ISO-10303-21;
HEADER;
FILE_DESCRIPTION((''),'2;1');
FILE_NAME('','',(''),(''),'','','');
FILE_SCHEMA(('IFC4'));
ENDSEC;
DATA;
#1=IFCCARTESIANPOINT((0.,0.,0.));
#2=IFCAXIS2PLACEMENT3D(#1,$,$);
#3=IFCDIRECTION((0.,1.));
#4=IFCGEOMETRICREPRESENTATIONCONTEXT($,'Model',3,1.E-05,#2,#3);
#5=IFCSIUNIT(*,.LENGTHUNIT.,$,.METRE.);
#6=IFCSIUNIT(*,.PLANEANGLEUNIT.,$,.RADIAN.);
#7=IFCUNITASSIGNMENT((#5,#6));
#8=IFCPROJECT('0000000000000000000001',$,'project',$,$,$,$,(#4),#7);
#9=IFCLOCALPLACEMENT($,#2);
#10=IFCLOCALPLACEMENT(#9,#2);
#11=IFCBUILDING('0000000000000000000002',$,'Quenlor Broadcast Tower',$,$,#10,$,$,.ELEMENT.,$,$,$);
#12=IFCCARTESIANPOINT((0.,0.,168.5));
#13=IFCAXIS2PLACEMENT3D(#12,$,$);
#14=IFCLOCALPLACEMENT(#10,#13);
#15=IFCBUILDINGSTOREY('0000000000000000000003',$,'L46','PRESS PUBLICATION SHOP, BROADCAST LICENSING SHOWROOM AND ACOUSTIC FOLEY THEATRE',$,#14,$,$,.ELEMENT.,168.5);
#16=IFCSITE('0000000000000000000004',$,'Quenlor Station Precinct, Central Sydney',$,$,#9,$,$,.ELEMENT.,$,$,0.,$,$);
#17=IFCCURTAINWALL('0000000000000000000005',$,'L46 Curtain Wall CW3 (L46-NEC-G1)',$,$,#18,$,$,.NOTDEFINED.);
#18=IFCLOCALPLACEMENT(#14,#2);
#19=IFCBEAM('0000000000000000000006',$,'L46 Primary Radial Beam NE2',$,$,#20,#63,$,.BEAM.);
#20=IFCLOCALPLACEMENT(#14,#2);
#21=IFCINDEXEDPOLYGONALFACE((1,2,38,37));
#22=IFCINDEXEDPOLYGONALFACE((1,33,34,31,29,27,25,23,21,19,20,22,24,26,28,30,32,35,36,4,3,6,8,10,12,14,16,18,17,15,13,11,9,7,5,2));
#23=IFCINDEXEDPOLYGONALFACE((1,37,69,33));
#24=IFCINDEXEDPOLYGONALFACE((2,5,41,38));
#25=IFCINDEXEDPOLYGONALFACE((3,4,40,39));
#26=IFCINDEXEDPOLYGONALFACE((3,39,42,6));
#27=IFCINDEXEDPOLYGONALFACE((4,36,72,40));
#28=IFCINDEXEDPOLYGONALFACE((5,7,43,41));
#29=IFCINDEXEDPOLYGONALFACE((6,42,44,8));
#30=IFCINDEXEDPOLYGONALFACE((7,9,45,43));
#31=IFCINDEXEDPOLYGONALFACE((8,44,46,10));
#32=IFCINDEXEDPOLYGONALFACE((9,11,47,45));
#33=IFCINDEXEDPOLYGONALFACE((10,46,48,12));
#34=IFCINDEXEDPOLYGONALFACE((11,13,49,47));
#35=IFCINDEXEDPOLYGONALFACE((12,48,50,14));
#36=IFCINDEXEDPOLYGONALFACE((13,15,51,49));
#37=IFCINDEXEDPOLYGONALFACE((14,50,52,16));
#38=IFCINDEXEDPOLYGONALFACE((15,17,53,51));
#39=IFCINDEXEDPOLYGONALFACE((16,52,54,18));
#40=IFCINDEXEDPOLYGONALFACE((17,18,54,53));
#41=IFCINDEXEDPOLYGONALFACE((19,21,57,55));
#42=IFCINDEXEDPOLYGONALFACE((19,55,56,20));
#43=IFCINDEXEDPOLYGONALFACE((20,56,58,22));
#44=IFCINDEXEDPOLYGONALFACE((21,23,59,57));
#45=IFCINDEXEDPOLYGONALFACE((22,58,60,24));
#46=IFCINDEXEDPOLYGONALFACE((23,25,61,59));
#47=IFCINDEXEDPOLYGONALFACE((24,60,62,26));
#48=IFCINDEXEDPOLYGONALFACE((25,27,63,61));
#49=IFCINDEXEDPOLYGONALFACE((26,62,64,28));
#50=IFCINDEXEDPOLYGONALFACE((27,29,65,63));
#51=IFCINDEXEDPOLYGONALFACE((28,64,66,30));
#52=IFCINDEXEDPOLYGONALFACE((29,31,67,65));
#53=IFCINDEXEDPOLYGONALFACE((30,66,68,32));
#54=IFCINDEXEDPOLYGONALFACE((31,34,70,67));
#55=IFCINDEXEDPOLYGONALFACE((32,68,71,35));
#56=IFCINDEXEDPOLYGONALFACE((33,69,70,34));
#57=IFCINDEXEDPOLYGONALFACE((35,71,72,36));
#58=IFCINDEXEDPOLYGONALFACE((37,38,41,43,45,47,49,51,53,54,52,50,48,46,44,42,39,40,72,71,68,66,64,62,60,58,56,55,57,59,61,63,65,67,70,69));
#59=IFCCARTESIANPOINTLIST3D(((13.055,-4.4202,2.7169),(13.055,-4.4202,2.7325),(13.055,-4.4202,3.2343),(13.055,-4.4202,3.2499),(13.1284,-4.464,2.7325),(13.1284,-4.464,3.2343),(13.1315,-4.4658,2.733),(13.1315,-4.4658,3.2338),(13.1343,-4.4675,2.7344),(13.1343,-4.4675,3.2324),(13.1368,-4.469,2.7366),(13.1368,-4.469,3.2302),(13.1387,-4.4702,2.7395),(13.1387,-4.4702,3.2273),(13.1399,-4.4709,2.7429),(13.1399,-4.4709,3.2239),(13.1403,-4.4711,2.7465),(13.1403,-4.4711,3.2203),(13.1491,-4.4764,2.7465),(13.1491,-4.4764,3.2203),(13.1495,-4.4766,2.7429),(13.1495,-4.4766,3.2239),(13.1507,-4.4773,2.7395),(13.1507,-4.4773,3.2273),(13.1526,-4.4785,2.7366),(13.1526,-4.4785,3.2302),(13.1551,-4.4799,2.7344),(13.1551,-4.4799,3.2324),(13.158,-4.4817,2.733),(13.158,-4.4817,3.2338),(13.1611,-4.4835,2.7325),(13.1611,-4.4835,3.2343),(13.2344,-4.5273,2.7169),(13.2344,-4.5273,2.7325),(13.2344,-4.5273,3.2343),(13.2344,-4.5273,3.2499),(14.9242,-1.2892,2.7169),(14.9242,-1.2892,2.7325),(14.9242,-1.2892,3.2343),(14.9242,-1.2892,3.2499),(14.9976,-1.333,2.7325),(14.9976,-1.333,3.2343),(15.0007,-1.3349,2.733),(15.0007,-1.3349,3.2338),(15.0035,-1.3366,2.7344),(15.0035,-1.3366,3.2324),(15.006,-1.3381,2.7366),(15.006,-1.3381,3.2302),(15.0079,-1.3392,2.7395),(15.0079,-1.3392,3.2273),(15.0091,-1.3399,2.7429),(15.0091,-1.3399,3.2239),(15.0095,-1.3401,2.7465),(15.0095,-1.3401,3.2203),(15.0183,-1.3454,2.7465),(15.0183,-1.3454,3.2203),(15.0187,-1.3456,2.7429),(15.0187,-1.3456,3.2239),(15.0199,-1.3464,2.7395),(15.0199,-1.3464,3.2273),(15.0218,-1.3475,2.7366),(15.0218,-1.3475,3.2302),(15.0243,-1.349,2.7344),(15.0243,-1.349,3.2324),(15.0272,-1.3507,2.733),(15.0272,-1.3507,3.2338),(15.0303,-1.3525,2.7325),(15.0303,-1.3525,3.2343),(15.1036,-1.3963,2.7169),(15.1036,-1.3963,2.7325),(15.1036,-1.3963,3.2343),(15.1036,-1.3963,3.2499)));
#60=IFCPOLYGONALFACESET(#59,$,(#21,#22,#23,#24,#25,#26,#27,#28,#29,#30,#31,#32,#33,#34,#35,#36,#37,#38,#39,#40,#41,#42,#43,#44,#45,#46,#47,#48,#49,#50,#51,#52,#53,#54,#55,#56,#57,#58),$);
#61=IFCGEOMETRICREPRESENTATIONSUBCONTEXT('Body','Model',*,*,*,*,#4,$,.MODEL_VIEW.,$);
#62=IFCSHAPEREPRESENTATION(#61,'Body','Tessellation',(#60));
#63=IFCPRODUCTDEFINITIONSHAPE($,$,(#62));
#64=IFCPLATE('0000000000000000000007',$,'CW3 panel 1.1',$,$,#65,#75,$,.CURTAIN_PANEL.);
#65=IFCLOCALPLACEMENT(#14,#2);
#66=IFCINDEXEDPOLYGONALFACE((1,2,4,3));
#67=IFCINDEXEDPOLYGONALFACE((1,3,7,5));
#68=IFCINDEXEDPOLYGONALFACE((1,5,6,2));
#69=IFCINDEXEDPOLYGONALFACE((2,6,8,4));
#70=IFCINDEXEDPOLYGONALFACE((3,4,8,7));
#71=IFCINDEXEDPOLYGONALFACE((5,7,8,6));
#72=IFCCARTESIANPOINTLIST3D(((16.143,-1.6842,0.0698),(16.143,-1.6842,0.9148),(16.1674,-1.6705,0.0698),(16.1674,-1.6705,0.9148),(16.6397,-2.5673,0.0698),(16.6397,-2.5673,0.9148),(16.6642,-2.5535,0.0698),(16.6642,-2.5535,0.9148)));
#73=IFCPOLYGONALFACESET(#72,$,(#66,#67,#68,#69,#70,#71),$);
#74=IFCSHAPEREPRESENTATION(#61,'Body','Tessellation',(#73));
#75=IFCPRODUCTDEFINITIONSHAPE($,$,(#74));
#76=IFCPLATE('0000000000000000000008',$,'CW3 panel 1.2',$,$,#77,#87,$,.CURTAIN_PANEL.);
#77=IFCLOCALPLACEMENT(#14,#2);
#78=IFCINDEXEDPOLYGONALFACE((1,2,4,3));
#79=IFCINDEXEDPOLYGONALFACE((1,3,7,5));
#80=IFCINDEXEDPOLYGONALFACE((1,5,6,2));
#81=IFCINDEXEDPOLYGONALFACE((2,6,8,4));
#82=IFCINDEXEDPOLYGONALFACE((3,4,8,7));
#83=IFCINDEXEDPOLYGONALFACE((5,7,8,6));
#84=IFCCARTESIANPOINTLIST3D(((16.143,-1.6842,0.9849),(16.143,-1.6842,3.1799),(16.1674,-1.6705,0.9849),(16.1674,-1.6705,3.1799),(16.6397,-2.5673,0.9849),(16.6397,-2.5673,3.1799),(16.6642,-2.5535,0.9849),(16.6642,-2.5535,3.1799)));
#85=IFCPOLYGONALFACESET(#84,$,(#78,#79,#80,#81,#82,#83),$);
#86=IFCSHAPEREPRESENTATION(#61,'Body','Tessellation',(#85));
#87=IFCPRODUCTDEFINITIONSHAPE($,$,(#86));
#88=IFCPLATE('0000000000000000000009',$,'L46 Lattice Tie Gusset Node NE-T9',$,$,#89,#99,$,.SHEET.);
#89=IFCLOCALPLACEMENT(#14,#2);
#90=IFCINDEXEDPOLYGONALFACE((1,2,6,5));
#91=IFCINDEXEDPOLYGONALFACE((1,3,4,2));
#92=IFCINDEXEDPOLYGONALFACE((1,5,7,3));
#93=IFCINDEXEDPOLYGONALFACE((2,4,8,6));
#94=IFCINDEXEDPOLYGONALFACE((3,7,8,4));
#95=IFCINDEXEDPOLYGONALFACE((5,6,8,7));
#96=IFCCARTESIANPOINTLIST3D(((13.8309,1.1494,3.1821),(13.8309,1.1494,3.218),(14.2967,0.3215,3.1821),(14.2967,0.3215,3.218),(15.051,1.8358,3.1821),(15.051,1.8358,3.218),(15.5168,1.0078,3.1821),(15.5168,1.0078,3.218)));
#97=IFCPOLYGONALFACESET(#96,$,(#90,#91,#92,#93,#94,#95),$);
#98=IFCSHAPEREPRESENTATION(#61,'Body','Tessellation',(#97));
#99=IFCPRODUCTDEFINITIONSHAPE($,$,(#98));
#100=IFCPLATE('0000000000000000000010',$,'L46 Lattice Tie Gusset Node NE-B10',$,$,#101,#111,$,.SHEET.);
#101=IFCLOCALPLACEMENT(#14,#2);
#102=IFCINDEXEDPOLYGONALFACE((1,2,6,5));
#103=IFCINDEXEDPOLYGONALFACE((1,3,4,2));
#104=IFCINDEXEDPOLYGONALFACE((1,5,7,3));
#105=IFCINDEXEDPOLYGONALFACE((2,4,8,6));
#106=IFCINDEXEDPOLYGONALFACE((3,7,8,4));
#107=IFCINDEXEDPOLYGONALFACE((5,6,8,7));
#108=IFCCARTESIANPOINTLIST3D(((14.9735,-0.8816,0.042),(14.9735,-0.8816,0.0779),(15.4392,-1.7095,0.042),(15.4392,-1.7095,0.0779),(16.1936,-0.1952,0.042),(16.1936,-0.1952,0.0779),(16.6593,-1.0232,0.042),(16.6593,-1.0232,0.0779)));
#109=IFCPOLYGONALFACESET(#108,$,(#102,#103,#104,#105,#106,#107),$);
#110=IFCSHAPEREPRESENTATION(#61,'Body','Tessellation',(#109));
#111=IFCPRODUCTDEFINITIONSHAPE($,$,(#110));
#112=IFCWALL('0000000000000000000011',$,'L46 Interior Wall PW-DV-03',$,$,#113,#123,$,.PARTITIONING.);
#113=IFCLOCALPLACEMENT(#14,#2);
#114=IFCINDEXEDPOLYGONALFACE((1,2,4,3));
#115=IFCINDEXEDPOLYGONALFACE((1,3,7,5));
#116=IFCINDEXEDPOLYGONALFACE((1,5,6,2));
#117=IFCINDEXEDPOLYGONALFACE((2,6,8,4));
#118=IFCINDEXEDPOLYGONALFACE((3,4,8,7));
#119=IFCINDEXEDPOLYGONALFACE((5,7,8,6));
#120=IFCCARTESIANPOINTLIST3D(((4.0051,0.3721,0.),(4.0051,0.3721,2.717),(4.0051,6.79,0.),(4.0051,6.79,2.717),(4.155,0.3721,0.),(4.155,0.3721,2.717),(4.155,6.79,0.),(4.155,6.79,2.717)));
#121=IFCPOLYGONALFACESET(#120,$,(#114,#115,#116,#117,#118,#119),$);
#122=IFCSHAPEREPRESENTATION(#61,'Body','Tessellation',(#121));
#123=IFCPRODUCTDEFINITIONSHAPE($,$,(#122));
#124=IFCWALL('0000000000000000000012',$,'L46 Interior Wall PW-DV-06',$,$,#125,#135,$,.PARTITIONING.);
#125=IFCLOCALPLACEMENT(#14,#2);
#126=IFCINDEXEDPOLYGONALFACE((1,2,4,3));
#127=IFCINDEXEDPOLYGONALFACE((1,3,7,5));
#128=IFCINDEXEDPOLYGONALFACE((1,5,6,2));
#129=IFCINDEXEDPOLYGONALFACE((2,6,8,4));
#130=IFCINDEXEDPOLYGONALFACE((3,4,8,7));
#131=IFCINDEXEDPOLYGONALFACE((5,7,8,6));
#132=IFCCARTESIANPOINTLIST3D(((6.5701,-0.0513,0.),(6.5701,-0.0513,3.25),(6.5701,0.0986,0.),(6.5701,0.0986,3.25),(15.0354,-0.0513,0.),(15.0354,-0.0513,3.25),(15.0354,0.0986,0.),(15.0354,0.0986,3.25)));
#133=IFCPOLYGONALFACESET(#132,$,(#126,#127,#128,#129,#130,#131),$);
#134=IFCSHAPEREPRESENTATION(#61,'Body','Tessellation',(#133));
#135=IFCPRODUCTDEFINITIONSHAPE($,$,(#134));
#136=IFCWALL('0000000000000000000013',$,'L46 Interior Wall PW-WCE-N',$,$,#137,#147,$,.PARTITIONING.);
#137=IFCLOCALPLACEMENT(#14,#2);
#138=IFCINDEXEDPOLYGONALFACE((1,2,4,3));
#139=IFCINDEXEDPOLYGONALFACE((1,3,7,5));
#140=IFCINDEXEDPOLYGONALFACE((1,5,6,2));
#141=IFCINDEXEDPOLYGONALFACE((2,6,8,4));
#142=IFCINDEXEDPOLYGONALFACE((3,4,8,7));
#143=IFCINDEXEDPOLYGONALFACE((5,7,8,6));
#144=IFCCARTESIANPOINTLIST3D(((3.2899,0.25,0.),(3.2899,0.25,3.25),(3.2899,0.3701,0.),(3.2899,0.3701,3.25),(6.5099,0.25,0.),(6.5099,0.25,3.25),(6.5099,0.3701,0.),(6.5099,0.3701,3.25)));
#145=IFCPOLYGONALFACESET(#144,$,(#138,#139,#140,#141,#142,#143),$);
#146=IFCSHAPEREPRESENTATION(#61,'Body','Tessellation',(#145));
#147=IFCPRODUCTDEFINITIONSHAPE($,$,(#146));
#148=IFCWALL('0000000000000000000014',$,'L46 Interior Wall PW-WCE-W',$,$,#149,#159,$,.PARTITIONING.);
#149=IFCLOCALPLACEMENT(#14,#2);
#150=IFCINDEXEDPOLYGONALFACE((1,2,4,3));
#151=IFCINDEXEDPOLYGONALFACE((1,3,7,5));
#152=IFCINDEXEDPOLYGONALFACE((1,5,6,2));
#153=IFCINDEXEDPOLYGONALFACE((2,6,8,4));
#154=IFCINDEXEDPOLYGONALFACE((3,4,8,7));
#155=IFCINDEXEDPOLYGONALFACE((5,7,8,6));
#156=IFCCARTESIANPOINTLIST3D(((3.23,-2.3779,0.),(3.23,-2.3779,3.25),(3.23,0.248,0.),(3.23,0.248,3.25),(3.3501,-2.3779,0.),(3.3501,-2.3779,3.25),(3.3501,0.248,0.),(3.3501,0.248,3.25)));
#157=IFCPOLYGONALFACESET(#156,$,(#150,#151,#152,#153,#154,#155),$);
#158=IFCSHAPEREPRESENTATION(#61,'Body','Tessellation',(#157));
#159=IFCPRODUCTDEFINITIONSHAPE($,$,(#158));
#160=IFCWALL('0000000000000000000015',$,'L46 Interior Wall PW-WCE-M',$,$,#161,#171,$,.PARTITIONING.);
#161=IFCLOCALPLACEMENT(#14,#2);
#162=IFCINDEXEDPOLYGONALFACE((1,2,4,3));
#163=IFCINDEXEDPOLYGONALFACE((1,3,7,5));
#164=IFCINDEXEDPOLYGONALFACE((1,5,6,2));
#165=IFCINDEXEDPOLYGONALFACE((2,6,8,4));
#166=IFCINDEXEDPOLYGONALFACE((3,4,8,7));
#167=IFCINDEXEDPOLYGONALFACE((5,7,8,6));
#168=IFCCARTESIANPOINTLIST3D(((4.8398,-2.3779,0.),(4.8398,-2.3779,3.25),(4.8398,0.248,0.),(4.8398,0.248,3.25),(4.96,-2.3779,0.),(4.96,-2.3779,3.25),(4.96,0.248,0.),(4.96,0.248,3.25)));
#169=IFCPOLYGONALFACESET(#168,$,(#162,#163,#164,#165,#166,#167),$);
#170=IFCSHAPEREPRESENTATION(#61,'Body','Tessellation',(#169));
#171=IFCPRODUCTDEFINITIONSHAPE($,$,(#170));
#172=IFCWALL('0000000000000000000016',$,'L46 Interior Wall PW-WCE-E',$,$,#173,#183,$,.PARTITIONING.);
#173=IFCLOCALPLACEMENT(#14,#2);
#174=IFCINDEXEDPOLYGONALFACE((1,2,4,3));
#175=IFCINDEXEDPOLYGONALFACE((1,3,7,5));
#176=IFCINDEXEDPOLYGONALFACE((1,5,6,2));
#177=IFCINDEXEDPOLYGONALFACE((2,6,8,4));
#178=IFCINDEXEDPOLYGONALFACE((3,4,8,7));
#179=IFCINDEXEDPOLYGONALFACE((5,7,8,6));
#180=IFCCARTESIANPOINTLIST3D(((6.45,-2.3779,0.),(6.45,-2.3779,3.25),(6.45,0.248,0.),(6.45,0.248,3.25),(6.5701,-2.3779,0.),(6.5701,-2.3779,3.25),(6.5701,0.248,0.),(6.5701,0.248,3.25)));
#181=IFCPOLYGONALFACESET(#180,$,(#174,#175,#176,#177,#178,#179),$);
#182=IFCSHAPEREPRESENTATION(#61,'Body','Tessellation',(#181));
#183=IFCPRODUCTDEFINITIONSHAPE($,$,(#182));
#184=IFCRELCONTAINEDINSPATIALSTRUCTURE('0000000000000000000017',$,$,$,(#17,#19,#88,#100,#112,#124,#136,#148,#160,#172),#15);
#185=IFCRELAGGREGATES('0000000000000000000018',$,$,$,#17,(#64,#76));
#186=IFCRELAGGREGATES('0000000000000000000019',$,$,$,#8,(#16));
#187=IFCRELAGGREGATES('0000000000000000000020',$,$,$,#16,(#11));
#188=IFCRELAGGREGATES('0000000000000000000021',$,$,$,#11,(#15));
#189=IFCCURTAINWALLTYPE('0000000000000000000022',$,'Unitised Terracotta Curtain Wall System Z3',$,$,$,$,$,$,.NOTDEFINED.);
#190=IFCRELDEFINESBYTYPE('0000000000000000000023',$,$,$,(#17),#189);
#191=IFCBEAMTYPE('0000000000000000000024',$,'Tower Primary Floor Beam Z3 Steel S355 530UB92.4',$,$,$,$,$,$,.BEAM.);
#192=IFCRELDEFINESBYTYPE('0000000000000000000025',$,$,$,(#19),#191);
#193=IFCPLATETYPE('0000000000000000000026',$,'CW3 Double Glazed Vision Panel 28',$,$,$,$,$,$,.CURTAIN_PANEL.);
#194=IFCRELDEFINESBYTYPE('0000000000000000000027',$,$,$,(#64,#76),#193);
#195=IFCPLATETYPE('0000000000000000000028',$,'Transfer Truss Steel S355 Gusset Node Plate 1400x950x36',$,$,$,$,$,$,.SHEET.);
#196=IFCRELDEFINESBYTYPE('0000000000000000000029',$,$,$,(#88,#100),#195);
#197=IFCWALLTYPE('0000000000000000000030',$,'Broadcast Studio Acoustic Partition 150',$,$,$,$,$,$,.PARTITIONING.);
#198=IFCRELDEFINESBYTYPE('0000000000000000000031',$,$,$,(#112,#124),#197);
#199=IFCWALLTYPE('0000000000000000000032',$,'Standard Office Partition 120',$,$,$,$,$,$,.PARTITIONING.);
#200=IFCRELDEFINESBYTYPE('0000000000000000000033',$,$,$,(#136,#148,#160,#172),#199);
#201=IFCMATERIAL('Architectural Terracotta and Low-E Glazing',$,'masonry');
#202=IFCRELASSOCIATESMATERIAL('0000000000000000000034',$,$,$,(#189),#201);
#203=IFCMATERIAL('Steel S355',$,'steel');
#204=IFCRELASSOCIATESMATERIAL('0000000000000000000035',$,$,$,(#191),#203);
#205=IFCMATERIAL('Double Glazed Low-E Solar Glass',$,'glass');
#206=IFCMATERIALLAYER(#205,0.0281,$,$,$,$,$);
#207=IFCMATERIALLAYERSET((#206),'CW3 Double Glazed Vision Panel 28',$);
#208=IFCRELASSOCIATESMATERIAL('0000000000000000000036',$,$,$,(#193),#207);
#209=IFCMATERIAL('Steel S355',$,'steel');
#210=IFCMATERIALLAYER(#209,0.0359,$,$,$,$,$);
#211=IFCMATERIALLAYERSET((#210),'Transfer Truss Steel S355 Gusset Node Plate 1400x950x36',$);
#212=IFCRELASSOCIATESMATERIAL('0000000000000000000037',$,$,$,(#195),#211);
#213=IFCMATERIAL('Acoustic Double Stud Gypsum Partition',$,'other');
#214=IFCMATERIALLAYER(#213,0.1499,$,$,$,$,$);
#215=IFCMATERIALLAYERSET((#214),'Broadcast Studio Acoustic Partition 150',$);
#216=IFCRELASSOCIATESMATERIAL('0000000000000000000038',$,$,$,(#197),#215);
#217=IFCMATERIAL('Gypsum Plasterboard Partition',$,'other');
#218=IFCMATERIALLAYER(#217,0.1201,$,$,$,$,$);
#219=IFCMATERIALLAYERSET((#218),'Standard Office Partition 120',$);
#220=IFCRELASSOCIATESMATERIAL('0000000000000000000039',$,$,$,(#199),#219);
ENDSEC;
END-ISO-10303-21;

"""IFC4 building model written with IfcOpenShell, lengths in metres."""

from ifc_helpers import new_model, si_unit, direction, frame, frame_2d, origin, origin_2d, place, context, subcontext, project, spatial, rectangle, i_section, extrude, material, layer, layer_set, material_profile, profile_set, type_object, element, aggregate, save


model = new_model("IFC4")

# Units and contexts
model_context = context("Model", 3, precision=1e-05, world=origin(), true_north=direction((0.0, 1.0)))
body_context = subcontext(model_context, "Body", "Model", "MODEL_VIEW")
ifc_project = project(units=[si_unit("LENGTHUNIT", "METRE"), si_unit("PLANEANGLEUNIT", "RADIAN")], contexts=[model_context])

# Site, building, storey
site_placement = place(None, origin())
site = spatial("IfcSite", under=ifc_project, at=site_placement, Name="Quenlor Station Precinct, Central Sydney", CompositionType="ELEMENT", RefElevation=0.0)
building_placement = place(site_placement, origin())
building = spatial("IfcBuilding", under=site, at=building_placement, Name="Quenlor Broadcast Tower", CompositionType="ELEMENT")
storey_placement = place(building_placement, frame((0.0, 0.0, 168.5)))
storey = spatial("IfcBuildingStorey", under=building, at=storey_placement, Name="L46", Description="PRESS PUBLICATION SHOP, BROADCAST LICENSING SHOWROOM AND ACOUSTIC FOLEY THEATRE", CompositionType="ELEMENT", Elevation=168.5)

# Curtain wall
ifc_material_1 = material(Name="Architectural Terracotta and Low-E Glazing", Category="masonry")
curtain_wall_type = type_object("IfcCurtainWallType", Name="Unitised Terracotta Curtain Wall System Z3", PredefinedType="NOTDEFINED", material=ifc_material_1)
curtain_wall_placement = place(storey_placement, origin())
curtain_wall = element("IfcCurtainWall", 1, at=curtain_wall_placement, inside=storey, type_object=curtain_wall_type, Name="L46 Curtain Wall CW3 (L46-NEC-G1)", PredefinedType="NOTDEFINED")

# Beam
ifc_material_2 = material(Name="Steel S355", Category="steel")
ifc_material_profile_1 = material_profile(ifc_material_2, i_section(OverallWidth=0.209, OverallDepth=0.533, WebThickness=0.0103, FlangeThickness=0.0156, FilletRadius=0.0139, at=origin_2d()))
ifc_profile_set_1 = profile_set([ifc_material_profile_1], Name="Steel S355 530UB92.4")
beam_type_1 = type_object("IfcBeamType", Name="Tower Primary Floor Beam Z3 Steel S355 530UB92.4", PredefinedType="BEAM", material=ifc_profile_set_1)
beam_1_placement = place(storey_placement, frame((15.0139, -1.3428, 2.9834), z_axis=(-0.512604, -0.858625, 0.0), x_axis=(0.858625, -0.512604, 0.0)))
element("IfcBeam", 2, at=beam_1_placement, inside=storey, type_object=beam_type_1, Name="L46 Primary Radial Beam NE2", PredefinedType="BEAM", context=body_context, shape_type="SweptSolid", body=[
    extrude(i_section(OverallWidth=0.209, OverallDepth=0.533, WebThickness=0.0103, FlangeThickness=0.0156, FilletRadius=0.0139, at=origin_2d()), origin(), (0.0, 0.0, 1.0), 3.6465),
])

# Plates
ifc_material_3 = material(Name="Double Glazed Low-E Solar Glass", Category="glass")
ifc_layer_1 = layer(ifc_material_3, 0.0281)
ifc_layer_set_1 = layer_set([ifc_layer_1], Name="CW3 Double Glazed Vision Panel 28")
plate_type_1 = type_object("IfcPlateType", Name="CW3 Double Glazed Vision Panel 28", PredefinedType="CURTAIN_PANEL", material=ifc_layer_set_1)
plate_1_placement = place(storey_placement, frame((16.4036, -2.1189, 0.0698), z_axis=(0.0, 0.0, 1.0), x_axis=(0.490253, -0.87158, 0.0)))
plate_1 = element("IfcPlate", 3, at=plate_1_placement, type_object=plate_type_1, Name="CW3 panel 1.1", PredefinedType="CURTAIN_PANEL", context=body_context, shape_type="SweptSolid", body=[
    extrude(rectangle(XDim=1.0132, YDim=0.0281, at=origin_2d()), origin(), (0.0, 0.0, 1.0), 0.845),
])
plate_2_placement = place(storey_placement, frame((16.4036, -2.1189, 0.9849), z_axis=(0.0, 0.0, 1.0), x_axis=(0.490253, -0.87158, 0.0)))
plate_2 = element("IfcPlate", 4, at=plate_2_placement, type_object=plate_type_1, Name="CW3 panel 1.2", PredefinedType="CURTAIN_PANEL", context=body_context, shape_type="SweptSolid", body=[
    extrude(rectangle(XDim=1.0132, YDim=0.0281, at=origin_2d()), origin(), (0.0, 0.0, 1.0), 2.1951),
])
aggregate(curtain_wall, [plate_1, plate_2])

# Plates
ifc_material_4 = material(Name="Steel S355", Category="steel")
ifc_layer_2 = layer(ifc_material_4, 0.0359)
ifc_layer_set_2 = layer_set([ifc_layer_2], Name="Transfer Truss Steel S355 Gusset Node Plate 1400x950x36")
plate_type_2 = type_object("IfcPlateType", Name="Transfer Truss Steel S355 Gusset Node Plate 1400x950x36", PredefinedType="SHEET", material=ifc_layer_set_2)
for number, where, z_axis, x_axis, name in (
    (5, (14.6738, 1.0786, 3.1821), (0.0, 0.0, 1.0), (0.871556, 0.490295, 0.0), "L46 Lattice Tie Gusset Node NE-T9"),
    (6, (15.8164, -0.9524, 0.042), (0.0, 0.0, 1.0), (0.871556, 0.490295, 0.0), "L46 Lattice Tie Gusset Node NE-B10"),
):
    element("IfcPlate", number, at=place(storey_placement, frame(where, z_axis=z_axis, x_axis=x_axis)), inside=storey, type_object=plate_type_2, Name=name, PredefinedType="SHEET", context=body_context, shape_type="SweptSolid", body=[
        extrude(rectangle(XDim=1.3999, YDim=0.95, at=origin_2d()), origin(), (0.0, 0.0, 1.0), 0.0359),
    ])

# Walls
ifc_material_5 = material(Name="Acoustic Double Stud Gypsum Partition", Category="other")
ifc_layer_3 = layer(ifc_material_5, 0.1499)
ifc_layer_set_3 = layer_set([ifc_layer_3], Name="Broadcast Studio Acoustic Partition 150")
wall_type_1 = type_object("IfcWallType", Name="Broadcast Studio Acoustic Partition 150", PredefinedType="PARTITIONING", material=ifc_layer_set_3)
wall_1_placement = place(storey_placement, frame((4.0801, 0.3721, 0.0), z_axis=(0.0, 0.0, 1.0), x_axis=(0.0, 1.0, 0.0)))
element("IfcWall", 7, at=wall_1_placement, inside=storey, type_object=wall_type_1, Name="L46 Interior Wall PW-DV-03", PredefinedType="PARTITIONING", context=body_context, shape_type="SweptSolid", body=[
    extrude(rectangle(XDim=6.418, YDim=0.1499, at=frame_2d((3.209, 0.0))), origin(), (0.0, 0.0, 1.0), 2.717),
])
wall_2_placement = place(storey_placement, frame((15.0354, 0.0237, 0.0), z_axis=(0.0, 0.0, 1.0), x_axis=(-1.0, 0.0, 0.0)))
element("IfcWall", 8, at=wall_2_placement, inside=storey, type_object=wall_type_1, Name="L46 Interior Wall PW-DV-06", PredefinedType="PARTITIONING", context=body_context, shape_type="SweptSolid", body=[
    extrude(rectangle(XDim=8.4653, YDim=0.1499, at=frame_2d((4.2327, 0.0))), origin(), (0.0, 0.0, 1.0), 3.25),
])
ifc_material_6 = material(Name="Gypsum Plasterboard Partition", Category="other")
ifc_layer_4 = layer(ifc_material_6, 0.1201)
ifc_layer_set_4 = layer_set([ifc_layer_4], Name="Standard Office Partition 120")
wall_type_2 = type_object("IfcWallType", Name="Standard Office Partition 120", PredefinedType="PARTITIONING", material=ifc_layer_set_4)
wall_3_placement = place(storey_placement, frame((3.29, 0.3101, 0.0), z_axis=(0.0, 0.0, 1.0), x_axis=(1.0, 0.0, 0.0)))
element("IfcWall", 9, at=wall_3_placement, inside=storey, type_object=wall_type_2, Name="L46 Interior Wall PW-WCE-N", PredefinedType="PARTITIONING", context=body_context, shape_type="SweptSolid", body=[
    extrude(rectangle(XDim=3.22, YDim=0.1201, at=frame_2d((1.6099, 0.0))), origin(), (0.0, 0.0, 1.0), 3.25),
])
for number, where, z_axis, x_axis, name in (
    (10, (3.29, -2.3779, 0.0), (0.0, 0.0, 1.0), (0.0, 1.0, 0.0), "L46 Interior Wall PW-WCE-W"),
    (11, (4.8999, -2.3779, 0.0), (0.0, 0.0, 1.0), (0.0, 1.0, 0.0), "L46 Interior Wall PW-WCE-M"),
    (12, (6.51, -2.3779, 0.0), (0.0, 0.0, 1.0), (0.0, 1.0, 0.0), "L46 Interior Wall PW-WCE-E"),
):
    element("IfcWall", number, at=place(storey_placement, frame(where, z_axis=z_axis, x_axis=x_axis)), inside=storey, type_object=wall_type_2, Name=name, PredefinedType="PARTITIONING", context=body_context, shape_type="SweptSolid", body=[
        extrude(rectangle(XDim=2.626, YDim=0.1201, at=frame_2d((1.313, 0.0))), origin(), (0.0, 0.0, 1.0), 3.25),
    ])

save(model, "model.ifc")
